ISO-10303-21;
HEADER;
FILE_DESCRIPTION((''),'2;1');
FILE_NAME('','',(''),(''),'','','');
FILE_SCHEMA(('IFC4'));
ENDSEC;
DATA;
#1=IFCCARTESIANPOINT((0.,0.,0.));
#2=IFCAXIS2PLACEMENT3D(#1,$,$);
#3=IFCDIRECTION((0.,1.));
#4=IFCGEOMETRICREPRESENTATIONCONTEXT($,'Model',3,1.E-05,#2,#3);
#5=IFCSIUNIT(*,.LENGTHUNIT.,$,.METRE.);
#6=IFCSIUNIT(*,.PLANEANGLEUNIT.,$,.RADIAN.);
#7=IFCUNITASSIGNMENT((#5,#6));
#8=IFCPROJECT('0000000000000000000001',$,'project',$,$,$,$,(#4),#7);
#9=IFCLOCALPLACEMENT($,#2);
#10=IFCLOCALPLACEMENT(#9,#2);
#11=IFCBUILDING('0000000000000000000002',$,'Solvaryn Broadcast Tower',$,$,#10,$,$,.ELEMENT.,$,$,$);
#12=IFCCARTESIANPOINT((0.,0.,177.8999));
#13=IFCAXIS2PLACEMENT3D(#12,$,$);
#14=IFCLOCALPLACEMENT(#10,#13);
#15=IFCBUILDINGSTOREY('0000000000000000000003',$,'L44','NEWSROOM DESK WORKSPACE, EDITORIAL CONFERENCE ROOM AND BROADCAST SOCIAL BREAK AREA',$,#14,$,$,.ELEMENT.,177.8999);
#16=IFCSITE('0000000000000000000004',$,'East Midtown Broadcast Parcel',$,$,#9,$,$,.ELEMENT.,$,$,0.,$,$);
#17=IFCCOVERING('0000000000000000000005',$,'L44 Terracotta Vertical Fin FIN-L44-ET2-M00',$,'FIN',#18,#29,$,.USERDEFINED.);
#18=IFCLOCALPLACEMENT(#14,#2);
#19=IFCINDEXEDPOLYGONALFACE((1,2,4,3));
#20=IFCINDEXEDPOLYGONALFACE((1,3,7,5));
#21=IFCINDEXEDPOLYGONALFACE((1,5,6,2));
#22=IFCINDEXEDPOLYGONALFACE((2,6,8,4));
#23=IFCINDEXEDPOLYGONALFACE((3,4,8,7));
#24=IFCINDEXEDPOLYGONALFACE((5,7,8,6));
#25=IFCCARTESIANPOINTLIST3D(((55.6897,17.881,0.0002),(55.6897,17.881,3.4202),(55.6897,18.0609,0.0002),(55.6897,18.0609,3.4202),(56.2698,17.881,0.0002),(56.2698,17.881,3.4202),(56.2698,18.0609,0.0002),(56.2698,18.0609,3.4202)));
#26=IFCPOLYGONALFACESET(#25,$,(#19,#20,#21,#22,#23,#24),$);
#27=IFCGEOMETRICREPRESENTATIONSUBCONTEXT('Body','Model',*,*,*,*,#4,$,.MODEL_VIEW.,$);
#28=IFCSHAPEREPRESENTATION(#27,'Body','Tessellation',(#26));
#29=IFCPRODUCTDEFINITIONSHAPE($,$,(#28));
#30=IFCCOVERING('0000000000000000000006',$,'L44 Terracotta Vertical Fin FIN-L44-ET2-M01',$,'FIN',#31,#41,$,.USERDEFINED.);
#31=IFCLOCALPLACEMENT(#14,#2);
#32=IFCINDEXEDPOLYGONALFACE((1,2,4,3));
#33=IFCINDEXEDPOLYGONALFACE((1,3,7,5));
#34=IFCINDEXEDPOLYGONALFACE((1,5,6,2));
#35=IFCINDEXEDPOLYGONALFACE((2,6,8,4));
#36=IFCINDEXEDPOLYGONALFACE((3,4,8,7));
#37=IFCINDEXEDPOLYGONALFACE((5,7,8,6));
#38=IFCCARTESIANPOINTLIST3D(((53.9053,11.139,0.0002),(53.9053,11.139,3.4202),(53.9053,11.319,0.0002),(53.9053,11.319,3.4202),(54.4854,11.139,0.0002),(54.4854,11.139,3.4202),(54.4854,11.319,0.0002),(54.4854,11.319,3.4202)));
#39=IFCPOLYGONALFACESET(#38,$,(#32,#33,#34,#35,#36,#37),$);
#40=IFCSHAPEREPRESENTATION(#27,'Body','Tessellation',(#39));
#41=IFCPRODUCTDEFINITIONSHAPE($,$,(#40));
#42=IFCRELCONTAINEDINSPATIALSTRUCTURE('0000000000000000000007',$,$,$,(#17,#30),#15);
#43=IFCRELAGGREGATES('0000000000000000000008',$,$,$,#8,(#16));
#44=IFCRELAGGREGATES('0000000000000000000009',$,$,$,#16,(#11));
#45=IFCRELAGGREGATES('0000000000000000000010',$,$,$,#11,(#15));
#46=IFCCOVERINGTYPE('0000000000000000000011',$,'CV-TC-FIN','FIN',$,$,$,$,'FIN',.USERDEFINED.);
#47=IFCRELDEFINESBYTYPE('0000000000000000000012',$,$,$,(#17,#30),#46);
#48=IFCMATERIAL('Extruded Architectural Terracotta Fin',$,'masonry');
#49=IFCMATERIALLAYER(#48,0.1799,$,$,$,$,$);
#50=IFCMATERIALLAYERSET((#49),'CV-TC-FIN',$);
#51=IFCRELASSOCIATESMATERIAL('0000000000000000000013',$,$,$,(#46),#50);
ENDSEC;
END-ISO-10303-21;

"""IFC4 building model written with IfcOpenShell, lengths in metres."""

from ifc_helpers import new_model, si_unit, direction, frame, origin, origin_2d, place, context, subcontext, project, spatial, rectangle, extrude, material, layer, layer_set, type_object, element, save


model = new_model("IFC4")

# Units and contexts
model_context = context("Model", 3, precision=1e-05, world=origin(), true_north=direction((0.0, 1.0)))
body_context = subcontext(model_context, "Body", "Model", "MODEL_VIEW")
ifc_project = project(units=[si_unit("LENGTHUNIT", "METRE"), si_unit("PLANEANGLEUNIT", "RADIAN")], contexts=[model_context])

# Site, building, storey
site_placement = place(None, origin())
site = spatial("IfcSite", under=ifc_project, at=site_placement, Name="East Midtown Broadcast Parcel", CompositionType="ELEMENT", RefElevation=0.0)
building_placement = place(site_placement, origin())
building = spatial("IfcBuilding", under=site, at=building_placement, Name="Solvaryn Broadcast Tower", CompositionType="ELEMENT")
storey_placement = place(building_placement, frame((0.0, 0.0, 177.8999)))
storey = spatial("IfcBuildingStorey", under=building, at=storey_placement, Name="L44", Description="NEWSROOM DESK WORKSPACE, EDITORIAL CONFERENCE ROOM AND BROADCAST SOCIAL BREAK AREA", CompositionType="ELEMENT", Elevation=177.8999)

# Coverings
ifc_material_1 = material(Name="Extruded Architectural Terracotta Fin", Category="masonry")
ifc_layer_1 = layer(ifc_material_1, 0.1799)
ifc_layer_set_1 = layer_set([ifc_layer_1], Name="CV-TC-FIN")
covering_type_1 = type_object("IfcCoveringType", Name="CV-TC-FIN", Description="FIN", ElementType="FIN", PredefinedType="USERDEFINED", material=ifc_layer_set_1)
for number, where, z_axis, x_axis, name in (
    (1, (55.9797, 17.9709, 0.0002), (0.0, 0.0, 1.0), (1.0, 0.0, 0.0), "L44 Terracotta Vertical Fin FIN-L44-ET2-M00"),
    (2, (54.1953, 11.229, 0.0002), (0.0, 0.0, 1.0), (1.0, 0.0, 0.0), "L44 Terracotta Vertical Fin FIN-L44-ET2-M01"),
):
    element("IfcCovering", number, at=place(storey_placement, frame(where, z_axis=z_axis, x_axis=x_axis)), inside=storey, type_object=covering_type_1, Name=name, ObjectType="FIN", PredefinedType="USERDEFINED", context=body_context, shape_type="SweptSolid", body=[
        extrude(rectangle(XDim=0.5801, YDim=0.1799, at=origin_2d()), origin(), (0.0, 0.0, 1.0), 3.4199),
    ])

save(model, "model.ifc")
